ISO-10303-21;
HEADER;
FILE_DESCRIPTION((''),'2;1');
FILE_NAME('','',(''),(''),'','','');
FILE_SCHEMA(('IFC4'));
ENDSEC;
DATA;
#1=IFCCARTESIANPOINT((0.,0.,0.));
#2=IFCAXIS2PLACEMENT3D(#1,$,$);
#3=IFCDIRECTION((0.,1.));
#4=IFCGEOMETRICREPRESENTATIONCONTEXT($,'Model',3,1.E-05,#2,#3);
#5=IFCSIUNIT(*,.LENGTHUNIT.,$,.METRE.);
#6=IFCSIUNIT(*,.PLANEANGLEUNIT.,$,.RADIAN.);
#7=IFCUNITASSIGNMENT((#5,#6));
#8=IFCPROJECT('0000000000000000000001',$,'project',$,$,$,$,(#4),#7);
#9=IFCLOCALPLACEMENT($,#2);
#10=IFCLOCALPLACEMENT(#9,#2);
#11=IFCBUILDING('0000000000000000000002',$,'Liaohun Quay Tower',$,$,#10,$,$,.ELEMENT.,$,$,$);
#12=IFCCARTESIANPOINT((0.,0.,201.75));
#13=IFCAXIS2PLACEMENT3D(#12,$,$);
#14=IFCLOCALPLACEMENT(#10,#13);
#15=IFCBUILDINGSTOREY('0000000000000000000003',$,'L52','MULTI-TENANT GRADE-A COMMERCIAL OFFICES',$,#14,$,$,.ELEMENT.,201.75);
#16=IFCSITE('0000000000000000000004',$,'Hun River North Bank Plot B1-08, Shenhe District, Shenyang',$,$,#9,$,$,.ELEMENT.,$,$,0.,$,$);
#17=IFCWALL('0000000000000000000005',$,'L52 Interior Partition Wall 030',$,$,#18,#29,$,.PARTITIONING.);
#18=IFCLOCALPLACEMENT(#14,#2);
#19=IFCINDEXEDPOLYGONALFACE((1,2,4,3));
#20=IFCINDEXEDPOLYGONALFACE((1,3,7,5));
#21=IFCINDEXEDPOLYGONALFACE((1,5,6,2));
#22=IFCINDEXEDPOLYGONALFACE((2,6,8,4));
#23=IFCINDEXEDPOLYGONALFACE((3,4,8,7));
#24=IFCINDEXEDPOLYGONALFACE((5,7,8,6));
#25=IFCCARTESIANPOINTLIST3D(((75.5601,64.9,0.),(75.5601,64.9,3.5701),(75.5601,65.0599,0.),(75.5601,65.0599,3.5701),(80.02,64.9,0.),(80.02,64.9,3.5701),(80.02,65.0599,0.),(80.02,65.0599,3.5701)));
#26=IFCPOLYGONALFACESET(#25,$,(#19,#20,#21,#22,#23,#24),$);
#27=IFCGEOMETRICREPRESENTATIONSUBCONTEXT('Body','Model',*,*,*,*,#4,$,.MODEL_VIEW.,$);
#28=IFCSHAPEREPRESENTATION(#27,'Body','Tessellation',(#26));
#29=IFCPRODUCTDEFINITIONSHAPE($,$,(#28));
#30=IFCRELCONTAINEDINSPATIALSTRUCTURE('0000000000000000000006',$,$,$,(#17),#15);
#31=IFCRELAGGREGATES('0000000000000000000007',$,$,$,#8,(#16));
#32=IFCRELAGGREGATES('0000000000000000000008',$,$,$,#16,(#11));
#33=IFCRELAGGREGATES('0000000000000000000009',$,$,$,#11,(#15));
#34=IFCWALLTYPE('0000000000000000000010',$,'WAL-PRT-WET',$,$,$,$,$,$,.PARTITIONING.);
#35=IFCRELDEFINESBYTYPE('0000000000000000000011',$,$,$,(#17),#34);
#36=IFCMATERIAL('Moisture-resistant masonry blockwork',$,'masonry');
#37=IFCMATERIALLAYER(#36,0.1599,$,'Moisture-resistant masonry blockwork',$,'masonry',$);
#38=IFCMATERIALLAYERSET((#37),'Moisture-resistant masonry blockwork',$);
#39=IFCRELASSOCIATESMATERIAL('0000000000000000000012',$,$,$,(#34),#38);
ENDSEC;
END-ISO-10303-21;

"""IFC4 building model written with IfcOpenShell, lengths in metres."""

from ifc_helpers import new_model, si_unit, direction, frame, frame_2d, origin, place, context, subcontext, project, spatial, rectangle, extrude, material, layer, layer_set, type_object, element, save


model = new_model("IFC4")

# Units and contexts
model_context = context("Model", 3, precision=1e-05, world=origin(), true_north=direction((0.0, 1.0)))
body_context = subcontext(model_context, "Body", "Model", "MODEL_VIEW")
ifc_project = project(units=[si_unit("LENGTHUNIT", "METRE"), si_unit("PLANEANGLEUNIT", "RADIAN")], contexts=[model_context])

# Site, building, storey
site_placement = place(None, origin())
site = spatial("IfcSite", under=ifc_project, at=site_placement, Name="Hun River North Bank Plot B1-08, Shenhe District, Shenyang", CompositionType="ELEMENT", RefElevation=0.0)
building_placement = place(site_placement, origin())
building = spatial("IfcBuilding", under=site, at=building_placement, Name="Liaohun Quay Tower", CompositionType="ELEMENT")
storey_placement = place(building_placement, frame((0.0, 0.0, 201.75)))
storey = spatial("IfcBuildingStorey", under=building, at=storey_placement, Name="L52", Description="MULTI-TENANT GRADE-A COMMERCIAL OFFICES", CompositionType="ELEMENT", Elevation=201.75)

# Wall
ifc_material_1 = material(Name="Moisture-resistant masonry blockwork", Category="masonry")
ifc_layer_1 = layer(ifc_material_1, 0.1599, Name="Moisture-resistant masonry blockwork", Category="masonry")
ifc_layer_set_1 = layer_set([ifc_layer_1], Name="Moisture-resistant masonry blockwork")
wall_type_1 = type_object("IfcWallType", Name="WAL-PRT-WET", PredefinedType="PARTITIONING", material=ifc_layer_set_1)
wall_1_placement = place(storey_placement, frame((75.5601, 64.98, 0.0), z_axis=(0.0, 0.0, 1.0), x_axis=(1.0, 0.0, 0.0)))
element("IfcWall", 1, at=wall_1_placement, inside=storey, type_object=wall_type_1, Name="L52 Interior Partition Wall 030", PredefinedType="PARTITIONING", context=body_context, shape_type="SweptSolid", body=[
    extrude(rectangle(XDim=4.46, YDim=0.1599, at=frame_2d((2.23, 0.0))), origin(), (0.0, 0.0, 1.0), 3.5701),
])

save(model, "model.ifc")
